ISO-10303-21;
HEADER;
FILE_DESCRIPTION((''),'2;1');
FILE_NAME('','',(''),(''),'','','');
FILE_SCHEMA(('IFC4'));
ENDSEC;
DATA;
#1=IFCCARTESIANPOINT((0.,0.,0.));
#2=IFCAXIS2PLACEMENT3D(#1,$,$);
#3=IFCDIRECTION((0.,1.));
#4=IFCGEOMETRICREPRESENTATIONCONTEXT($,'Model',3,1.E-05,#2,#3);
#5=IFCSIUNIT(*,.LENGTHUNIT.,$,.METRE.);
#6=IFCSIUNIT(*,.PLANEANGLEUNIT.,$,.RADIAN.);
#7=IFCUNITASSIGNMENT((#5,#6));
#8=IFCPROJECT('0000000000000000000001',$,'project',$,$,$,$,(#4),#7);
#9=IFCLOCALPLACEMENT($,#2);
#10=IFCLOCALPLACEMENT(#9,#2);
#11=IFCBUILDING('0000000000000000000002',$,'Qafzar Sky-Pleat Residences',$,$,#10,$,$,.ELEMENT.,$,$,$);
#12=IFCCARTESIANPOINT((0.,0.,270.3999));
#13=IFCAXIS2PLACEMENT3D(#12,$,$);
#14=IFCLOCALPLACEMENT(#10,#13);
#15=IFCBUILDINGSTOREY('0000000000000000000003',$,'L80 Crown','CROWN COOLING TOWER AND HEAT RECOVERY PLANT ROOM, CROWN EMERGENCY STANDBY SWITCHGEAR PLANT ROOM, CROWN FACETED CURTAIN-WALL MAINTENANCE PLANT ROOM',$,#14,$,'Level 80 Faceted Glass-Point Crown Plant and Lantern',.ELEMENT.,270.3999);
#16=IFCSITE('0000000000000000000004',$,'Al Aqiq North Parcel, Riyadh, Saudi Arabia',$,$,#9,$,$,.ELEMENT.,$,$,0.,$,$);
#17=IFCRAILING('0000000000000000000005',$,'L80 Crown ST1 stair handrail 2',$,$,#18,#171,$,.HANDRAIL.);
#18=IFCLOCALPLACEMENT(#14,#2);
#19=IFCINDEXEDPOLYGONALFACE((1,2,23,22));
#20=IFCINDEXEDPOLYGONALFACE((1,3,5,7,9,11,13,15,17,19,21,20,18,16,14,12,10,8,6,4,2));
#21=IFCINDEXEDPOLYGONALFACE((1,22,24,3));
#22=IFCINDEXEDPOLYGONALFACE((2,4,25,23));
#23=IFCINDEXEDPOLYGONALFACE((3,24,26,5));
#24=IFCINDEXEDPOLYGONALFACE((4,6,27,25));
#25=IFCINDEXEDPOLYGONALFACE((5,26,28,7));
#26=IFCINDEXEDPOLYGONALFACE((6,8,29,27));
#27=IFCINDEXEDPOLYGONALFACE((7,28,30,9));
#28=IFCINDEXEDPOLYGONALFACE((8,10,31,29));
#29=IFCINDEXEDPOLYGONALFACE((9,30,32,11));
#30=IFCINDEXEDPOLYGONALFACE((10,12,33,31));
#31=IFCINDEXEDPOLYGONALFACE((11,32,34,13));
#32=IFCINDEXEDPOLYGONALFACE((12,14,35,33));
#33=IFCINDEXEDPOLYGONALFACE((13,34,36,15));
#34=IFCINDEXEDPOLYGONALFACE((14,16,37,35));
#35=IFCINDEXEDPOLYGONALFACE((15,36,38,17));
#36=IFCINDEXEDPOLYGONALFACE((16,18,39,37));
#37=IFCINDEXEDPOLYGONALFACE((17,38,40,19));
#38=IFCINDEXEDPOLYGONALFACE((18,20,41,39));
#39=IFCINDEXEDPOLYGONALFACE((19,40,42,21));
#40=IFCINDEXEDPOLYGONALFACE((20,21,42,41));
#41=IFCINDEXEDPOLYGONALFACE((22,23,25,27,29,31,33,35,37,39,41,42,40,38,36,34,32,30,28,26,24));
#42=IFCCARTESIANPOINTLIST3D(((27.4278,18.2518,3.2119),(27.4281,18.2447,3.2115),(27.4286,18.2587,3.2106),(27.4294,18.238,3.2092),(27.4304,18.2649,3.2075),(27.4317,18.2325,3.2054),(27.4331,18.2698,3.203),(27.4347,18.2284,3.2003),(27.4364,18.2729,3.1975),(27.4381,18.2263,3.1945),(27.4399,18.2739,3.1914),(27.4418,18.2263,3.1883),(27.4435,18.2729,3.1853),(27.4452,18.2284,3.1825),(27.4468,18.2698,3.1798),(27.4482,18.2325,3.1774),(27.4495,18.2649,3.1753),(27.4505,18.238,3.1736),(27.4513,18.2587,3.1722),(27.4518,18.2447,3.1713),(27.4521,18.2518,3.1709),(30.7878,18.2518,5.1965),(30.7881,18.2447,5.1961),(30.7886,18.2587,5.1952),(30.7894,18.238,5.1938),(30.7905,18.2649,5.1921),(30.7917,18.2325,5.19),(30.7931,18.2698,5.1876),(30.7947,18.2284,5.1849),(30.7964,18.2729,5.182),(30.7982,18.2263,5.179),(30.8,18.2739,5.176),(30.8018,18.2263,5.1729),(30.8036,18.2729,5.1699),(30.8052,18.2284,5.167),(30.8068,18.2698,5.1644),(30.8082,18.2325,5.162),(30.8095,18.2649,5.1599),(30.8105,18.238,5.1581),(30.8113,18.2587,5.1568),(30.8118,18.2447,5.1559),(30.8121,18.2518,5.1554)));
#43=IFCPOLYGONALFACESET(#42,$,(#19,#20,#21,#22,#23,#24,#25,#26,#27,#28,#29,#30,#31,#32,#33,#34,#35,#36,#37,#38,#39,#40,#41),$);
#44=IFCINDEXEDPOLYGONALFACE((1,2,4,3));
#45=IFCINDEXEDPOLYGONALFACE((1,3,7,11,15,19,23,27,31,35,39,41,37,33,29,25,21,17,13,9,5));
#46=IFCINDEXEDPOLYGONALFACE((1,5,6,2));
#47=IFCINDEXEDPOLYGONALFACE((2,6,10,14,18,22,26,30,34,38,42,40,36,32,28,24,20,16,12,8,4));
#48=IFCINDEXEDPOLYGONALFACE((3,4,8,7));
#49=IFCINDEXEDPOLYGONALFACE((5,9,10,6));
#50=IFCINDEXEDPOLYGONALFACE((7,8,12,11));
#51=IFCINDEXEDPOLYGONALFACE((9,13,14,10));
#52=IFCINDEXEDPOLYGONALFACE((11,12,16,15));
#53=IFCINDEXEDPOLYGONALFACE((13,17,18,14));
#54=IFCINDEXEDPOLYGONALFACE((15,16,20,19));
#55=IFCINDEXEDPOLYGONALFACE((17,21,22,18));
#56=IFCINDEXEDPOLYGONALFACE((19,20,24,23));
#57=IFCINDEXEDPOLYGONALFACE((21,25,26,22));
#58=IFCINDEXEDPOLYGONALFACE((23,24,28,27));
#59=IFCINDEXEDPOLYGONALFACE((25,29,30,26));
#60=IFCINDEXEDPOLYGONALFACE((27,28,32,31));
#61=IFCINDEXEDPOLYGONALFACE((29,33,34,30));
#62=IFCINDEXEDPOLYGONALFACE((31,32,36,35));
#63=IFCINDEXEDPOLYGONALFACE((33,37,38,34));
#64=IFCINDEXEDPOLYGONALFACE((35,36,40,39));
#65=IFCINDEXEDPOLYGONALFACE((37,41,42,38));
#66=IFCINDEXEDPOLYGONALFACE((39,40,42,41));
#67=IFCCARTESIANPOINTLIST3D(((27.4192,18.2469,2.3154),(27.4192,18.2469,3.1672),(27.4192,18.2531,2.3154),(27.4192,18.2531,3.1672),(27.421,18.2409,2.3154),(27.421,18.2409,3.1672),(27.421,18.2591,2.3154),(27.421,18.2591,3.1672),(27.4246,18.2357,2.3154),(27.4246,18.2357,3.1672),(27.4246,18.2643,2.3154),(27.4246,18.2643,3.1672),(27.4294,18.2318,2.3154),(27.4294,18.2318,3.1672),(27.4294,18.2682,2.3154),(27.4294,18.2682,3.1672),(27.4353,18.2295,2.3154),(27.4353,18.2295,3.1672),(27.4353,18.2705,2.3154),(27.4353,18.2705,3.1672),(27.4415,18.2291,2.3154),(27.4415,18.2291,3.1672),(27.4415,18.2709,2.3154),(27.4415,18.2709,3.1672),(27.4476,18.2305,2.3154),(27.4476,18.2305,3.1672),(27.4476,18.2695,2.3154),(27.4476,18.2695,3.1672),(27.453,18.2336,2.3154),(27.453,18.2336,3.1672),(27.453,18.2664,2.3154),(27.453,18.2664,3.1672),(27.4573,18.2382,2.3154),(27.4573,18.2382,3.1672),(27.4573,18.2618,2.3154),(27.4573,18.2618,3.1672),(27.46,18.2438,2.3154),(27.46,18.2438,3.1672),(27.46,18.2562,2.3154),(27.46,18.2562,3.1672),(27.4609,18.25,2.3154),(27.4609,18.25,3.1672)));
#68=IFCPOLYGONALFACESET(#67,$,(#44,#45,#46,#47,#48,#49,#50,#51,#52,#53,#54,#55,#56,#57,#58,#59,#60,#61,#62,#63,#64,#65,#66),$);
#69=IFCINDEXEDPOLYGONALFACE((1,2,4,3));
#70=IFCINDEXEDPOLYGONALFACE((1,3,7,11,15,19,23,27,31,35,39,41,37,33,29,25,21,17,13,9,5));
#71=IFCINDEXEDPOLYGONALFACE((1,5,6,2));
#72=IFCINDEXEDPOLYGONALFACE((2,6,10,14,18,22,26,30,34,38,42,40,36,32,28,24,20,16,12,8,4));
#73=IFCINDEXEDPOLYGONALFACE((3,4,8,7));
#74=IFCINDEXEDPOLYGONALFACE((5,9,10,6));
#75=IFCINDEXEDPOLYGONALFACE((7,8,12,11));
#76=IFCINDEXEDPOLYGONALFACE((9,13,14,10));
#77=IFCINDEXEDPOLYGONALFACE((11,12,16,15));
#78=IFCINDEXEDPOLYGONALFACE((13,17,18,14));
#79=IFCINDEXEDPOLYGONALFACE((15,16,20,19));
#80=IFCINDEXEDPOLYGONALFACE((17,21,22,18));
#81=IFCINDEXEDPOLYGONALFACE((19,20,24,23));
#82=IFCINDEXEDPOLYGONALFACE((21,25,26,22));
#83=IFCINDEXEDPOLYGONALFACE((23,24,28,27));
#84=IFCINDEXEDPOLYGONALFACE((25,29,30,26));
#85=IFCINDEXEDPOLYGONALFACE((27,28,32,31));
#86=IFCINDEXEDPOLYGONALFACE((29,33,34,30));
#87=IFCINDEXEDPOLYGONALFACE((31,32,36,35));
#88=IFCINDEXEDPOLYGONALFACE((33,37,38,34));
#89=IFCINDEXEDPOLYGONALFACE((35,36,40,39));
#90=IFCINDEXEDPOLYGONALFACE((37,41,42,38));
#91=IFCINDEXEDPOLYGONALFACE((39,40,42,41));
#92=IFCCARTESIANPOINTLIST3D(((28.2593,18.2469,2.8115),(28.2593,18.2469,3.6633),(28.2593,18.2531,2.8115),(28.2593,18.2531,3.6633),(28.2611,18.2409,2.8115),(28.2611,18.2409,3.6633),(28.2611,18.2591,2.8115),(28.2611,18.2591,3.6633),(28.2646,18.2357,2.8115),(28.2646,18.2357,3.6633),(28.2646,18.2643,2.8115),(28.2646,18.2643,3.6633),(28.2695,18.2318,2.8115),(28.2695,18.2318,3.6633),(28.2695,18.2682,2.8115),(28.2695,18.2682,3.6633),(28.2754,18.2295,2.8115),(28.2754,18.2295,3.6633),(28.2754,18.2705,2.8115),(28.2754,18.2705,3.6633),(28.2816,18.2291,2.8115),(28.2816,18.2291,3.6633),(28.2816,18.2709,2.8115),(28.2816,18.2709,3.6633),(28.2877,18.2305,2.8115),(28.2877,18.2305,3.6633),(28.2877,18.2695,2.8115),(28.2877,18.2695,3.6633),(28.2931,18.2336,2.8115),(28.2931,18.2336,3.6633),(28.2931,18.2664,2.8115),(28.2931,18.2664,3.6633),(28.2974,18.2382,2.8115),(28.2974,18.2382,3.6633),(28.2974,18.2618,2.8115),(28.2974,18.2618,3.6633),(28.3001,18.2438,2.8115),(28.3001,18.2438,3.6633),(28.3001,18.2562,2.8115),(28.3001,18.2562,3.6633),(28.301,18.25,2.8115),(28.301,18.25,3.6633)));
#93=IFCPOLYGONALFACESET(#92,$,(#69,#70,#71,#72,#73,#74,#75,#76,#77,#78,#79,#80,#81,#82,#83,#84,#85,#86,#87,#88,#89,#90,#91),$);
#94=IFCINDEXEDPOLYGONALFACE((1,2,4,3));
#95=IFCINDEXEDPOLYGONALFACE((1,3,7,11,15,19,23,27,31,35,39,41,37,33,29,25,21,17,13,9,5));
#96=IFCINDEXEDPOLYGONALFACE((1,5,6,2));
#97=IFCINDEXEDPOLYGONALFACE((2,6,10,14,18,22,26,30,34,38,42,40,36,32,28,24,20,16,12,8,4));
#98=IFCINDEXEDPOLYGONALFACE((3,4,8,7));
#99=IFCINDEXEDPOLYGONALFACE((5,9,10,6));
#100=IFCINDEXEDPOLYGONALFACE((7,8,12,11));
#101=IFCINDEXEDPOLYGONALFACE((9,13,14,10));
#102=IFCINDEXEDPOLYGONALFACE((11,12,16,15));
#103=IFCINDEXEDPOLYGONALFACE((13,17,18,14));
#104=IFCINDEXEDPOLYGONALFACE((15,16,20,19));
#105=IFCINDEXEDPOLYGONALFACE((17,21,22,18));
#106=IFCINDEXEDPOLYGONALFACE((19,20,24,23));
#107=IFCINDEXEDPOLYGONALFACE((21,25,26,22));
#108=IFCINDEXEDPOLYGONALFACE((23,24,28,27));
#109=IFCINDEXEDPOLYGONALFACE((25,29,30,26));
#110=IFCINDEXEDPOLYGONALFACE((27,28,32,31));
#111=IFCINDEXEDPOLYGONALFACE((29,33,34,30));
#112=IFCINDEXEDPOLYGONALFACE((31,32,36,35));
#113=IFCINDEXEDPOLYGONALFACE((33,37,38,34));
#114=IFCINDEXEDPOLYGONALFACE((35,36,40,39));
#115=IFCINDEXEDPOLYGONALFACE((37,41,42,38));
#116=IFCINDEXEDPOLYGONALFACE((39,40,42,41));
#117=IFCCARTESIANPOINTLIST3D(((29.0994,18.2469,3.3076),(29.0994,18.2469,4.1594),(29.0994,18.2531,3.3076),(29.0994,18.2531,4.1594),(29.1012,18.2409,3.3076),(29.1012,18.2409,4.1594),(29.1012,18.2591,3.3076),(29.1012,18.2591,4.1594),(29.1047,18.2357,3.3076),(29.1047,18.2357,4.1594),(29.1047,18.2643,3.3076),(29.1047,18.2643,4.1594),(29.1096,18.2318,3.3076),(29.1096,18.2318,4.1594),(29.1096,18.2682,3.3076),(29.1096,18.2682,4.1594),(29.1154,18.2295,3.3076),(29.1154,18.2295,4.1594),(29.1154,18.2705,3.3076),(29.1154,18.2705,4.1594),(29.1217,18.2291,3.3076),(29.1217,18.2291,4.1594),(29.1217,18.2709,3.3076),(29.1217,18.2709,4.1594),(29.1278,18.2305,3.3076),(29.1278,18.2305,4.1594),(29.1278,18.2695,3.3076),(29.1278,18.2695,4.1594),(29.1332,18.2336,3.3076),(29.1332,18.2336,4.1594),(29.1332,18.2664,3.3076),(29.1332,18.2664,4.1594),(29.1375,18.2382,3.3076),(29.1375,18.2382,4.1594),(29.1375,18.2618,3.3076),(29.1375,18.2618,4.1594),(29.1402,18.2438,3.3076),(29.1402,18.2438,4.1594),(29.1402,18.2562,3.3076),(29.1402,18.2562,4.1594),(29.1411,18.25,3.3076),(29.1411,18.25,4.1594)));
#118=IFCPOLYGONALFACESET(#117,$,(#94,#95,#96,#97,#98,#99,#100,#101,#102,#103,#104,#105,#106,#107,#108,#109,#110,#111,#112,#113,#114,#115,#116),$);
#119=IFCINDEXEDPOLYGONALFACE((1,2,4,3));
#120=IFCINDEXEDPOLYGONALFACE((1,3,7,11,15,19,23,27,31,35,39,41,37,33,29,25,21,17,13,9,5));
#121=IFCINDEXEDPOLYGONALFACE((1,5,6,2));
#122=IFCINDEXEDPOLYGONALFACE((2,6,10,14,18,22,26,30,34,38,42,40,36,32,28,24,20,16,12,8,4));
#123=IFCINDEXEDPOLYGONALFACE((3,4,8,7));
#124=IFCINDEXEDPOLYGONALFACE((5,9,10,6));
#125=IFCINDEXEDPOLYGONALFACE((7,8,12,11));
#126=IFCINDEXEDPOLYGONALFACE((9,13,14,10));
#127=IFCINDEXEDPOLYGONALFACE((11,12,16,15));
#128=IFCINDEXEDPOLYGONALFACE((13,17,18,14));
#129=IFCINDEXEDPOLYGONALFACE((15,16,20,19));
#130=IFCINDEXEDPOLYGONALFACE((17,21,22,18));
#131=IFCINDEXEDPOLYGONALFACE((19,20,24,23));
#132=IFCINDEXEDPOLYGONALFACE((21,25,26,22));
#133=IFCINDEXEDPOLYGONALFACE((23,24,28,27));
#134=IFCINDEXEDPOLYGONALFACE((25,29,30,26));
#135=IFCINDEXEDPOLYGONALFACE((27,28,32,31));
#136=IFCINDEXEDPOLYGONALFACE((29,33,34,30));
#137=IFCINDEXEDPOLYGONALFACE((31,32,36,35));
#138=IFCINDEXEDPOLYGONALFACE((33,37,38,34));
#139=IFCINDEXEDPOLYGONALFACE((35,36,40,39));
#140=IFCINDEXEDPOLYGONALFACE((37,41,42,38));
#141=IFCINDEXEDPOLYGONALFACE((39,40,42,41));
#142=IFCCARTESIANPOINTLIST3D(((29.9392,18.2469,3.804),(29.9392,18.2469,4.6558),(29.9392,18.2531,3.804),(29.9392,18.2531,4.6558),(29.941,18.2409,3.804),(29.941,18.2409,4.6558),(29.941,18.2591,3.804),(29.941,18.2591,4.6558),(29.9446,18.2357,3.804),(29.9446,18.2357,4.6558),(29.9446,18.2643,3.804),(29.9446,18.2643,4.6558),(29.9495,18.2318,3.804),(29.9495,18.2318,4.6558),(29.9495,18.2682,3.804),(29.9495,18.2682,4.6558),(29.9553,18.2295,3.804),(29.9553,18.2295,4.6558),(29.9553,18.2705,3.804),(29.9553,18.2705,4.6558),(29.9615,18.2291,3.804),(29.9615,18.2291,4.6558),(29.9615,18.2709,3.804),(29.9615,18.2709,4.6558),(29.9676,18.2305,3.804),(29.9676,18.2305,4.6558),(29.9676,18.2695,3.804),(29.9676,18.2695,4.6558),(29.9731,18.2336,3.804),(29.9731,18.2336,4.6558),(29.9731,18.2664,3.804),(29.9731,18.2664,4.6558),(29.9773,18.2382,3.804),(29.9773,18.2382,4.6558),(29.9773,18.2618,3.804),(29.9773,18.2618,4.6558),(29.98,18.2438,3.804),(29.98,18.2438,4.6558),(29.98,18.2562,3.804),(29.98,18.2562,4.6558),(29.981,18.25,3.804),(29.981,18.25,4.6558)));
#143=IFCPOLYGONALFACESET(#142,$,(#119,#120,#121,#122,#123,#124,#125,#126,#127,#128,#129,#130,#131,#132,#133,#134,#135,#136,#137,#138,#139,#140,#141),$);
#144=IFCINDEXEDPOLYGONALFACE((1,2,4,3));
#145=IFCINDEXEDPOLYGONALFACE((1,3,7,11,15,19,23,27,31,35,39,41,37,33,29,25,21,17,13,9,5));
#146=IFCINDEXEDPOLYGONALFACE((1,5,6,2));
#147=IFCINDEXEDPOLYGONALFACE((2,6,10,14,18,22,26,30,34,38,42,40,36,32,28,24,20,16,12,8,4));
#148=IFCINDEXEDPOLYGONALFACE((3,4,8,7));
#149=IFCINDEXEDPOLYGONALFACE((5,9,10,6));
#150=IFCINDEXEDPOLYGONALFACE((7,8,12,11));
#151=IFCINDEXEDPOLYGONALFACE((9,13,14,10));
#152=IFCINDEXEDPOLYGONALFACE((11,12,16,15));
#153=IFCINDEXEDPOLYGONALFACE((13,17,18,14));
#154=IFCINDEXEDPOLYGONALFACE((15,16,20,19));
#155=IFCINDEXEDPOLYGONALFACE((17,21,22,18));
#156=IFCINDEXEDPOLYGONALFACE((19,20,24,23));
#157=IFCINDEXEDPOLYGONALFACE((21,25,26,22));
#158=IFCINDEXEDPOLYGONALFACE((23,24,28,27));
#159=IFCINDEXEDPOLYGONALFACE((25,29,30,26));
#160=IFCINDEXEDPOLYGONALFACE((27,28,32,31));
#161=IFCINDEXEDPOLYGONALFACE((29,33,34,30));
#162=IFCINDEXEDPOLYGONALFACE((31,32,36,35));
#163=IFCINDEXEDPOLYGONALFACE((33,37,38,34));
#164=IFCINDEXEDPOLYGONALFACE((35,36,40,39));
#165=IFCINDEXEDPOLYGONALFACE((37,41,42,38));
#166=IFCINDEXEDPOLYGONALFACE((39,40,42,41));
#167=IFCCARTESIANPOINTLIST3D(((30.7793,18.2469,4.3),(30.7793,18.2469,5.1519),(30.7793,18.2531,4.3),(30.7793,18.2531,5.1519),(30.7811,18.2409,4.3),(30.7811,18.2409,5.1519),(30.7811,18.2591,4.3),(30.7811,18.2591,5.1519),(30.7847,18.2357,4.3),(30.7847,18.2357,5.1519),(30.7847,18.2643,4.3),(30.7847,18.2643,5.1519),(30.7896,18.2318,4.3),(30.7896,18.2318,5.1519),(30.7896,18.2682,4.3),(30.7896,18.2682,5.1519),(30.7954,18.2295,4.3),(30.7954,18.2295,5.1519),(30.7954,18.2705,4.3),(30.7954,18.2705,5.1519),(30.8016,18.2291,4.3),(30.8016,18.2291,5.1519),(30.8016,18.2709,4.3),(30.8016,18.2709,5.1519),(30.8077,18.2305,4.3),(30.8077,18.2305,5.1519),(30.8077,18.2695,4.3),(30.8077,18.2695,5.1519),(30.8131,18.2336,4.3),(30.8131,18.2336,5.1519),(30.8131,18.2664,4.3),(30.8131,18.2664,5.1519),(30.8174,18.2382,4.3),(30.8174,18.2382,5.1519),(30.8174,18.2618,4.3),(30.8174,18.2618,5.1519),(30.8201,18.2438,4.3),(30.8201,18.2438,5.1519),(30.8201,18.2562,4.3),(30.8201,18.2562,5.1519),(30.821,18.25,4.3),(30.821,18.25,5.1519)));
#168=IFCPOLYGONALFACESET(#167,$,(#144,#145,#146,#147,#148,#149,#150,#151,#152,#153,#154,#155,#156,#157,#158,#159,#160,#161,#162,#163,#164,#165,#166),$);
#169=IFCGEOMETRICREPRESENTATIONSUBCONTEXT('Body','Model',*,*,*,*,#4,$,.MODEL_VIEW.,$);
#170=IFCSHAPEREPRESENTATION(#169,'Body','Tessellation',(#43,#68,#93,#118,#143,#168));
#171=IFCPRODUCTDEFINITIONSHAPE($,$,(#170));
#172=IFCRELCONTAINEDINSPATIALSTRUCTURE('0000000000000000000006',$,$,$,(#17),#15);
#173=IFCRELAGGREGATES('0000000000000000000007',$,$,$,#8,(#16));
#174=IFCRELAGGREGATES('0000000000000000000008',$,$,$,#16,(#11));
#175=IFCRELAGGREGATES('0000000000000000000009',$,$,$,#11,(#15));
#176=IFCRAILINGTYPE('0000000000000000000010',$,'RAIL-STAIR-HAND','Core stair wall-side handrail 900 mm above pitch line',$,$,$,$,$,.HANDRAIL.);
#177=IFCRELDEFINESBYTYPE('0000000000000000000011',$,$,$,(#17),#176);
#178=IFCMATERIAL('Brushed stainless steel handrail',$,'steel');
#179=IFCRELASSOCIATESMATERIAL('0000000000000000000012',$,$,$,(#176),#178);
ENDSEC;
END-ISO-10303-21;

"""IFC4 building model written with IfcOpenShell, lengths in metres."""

from ifc_helpers import new_model, si_unit, direction, frame, origin, origin_2d, place, context, subcontext, project, spatial, circle, extrude, source, transform, mapped, material, type_object, element, save


model = new_model("IFC4")

# Units and contexts
model_context = context("Model", 3, precision=1e-05, world=origin(), true_north=direction((0.0, 1.0)))
body_context = subcontext(model_context, "Body", "Model", "MODEL_VIEW")
ifc_project = project(units=[si_unit("LENGTHUNIT", "METRE"), si_unit("PLANEANGLEUNIT", "RADIAN")], contexts=[model_context])

# Site, building, storey
site_placement = place(None, origin())
site = spatial("IfcSite", under=ifc_project, at=site_placement, Name="Al Aqiq North Parcel, Riyadh, Saudi Arabia", CompositionType="ELEMENT", RefElevation=0.0)
building_placement = place(site_placement, origin())
building = spatial("IfcBuilding", under=site, at=building_placement, Name="Qafzar Sky-Pleat Residences", CompositionType="ELEMENT")
storey_placement = place(building_placement, frame((0.0, 0.0, 270.3999)))
storey = spatial("IfcBuildingStorey", under=building, at=storey_placement, Name="L80 Crown", Description="CROWN COOLING TOWER AND HEAT RECOVERY PLANT ROOM, CROWN EMERGENCY STANDBY SWITCHGEAR PLANT ROOM, CROWN FACETED CURTAIN-WALL MAINTENANCE PLANT ROOM", LongName="Level 80 Faceted Glass-Point Crown Plant and Lantern", CompositionType="ELEMENT", Elevation=270.3999)

# Railing
ifc_material_1 = material(Name="Brushed stainless steel handrail", Category="steel")
railing_type_1 = type_object("IfcRailingType", Name="RAIL-STAIR-HAND", Description="Core stair wall-side handrail 900 mm above pitch line", PredefinedType="HANDRAIL", material=ifc_material_1)
shared_shape_1 = source(origin(), body_context, "Body", "SweptSolid", [
    extrude(circle(Radius=0.0239, at=origin_2d()), frame((0.0, 0.0, 0.876), z_axis=(0.861027, 0.0, 0.508559), x_axis=(0.0, 1.0, 0.0)), (0.0, 0.0, 1.0), 3.9023),
    extrude(circle(Radius=0.021, at=origin_2d()), origin(), (0.0, 0.0, 1.0), 0.8518),
    extrude(circle(Radius=0.021, at=origin_2d()), frame((0.8401, 0.0, 0.4961)), (0.0, 0.0, 1.0), 0.8518),
    extrude(circle(Radius=0.021, at=origin_2d()), frame((1.6802, 0.0, 0.9922)), (0.0, 0.0, 1.0), 0.8518),
    extrude(circle(Radius=0.021, at=origin_2d()), frame((2.52, 0.0, 1.4885)), (0.0, 0.0, 1.0), 0.8518),
    extrude(circle(Radius=0.021, at=origin_2d()), frame((3.3601, 0.0, 1.9846)), (0.0, 0.0, 1.0), 0.8518),
])
railing_1_placement = place(storey_placement, frame((27.4399, 18.25, 2.3154)))
element("IfcRailing", 1, at=railing_1_placement, inside=storey, type_object=railing_type_1, Name="L80 Crown ST1 stair handrail 2", PredefinedType="HANDRAIL", context=body_context, shape_type="MappedRepresentation", body=[
    mapped(shared_shape_1, transform((0.0, 0.0, 0.0), x_axis=(1.0, 0.0, 0.0), y_axis=(0.0, 1.0, 0.0), z_axis=(0.0, 0.0, 1.0), scale=1.0)),
])

save(model, "model.ifc")
